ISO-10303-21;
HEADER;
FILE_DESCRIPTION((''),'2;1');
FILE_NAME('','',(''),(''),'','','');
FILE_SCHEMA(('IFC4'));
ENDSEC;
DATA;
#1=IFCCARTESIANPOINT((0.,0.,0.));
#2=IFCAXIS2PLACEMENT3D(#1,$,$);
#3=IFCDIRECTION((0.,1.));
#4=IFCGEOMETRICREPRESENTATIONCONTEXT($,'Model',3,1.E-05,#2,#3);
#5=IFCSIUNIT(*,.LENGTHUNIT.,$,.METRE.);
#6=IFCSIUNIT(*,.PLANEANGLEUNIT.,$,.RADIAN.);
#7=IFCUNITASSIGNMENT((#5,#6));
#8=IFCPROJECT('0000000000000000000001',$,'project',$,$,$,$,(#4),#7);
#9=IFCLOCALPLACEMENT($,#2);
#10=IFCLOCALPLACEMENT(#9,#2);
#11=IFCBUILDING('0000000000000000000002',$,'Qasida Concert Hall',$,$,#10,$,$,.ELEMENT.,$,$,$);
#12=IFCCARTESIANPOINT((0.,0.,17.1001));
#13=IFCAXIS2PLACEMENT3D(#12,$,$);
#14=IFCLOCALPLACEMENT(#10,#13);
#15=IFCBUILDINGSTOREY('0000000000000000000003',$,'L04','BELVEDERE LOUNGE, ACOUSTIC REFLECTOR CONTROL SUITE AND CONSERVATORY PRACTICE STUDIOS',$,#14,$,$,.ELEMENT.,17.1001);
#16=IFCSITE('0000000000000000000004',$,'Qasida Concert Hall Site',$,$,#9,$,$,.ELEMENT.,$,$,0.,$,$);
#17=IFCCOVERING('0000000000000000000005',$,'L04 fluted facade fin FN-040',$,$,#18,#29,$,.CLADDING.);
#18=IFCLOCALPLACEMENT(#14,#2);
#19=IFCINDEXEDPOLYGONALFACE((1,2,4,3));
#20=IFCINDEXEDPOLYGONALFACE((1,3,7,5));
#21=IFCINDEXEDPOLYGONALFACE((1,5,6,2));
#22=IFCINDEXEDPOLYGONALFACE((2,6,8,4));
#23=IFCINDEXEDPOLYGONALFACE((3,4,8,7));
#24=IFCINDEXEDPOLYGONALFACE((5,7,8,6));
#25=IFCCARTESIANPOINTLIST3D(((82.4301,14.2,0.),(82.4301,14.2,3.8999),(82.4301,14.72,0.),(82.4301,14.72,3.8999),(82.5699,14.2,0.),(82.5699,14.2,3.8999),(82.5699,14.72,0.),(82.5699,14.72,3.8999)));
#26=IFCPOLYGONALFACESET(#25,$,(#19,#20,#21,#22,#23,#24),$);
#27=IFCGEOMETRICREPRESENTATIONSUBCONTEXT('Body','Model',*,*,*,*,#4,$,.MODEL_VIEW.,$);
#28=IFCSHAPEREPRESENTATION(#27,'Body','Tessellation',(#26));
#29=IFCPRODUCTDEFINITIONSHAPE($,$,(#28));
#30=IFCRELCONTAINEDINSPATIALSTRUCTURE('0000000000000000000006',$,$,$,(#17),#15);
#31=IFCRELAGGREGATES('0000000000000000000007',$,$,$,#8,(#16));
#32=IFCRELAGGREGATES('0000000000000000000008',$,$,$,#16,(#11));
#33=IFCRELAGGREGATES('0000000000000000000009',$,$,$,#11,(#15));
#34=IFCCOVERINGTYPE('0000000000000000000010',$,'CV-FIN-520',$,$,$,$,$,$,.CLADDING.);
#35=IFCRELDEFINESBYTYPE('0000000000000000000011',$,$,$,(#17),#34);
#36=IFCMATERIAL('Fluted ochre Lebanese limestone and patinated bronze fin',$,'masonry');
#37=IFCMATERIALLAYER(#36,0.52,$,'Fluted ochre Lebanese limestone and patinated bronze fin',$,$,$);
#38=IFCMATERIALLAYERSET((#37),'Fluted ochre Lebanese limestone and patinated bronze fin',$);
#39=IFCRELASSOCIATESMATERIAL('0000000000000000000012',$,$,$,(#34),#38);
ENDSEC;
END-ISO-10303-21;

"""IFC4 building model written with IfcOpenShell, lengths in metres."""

from ifc_helpers import new_model, si_unit, direction, frame, origin, origin_2d, place, context, subcontext, project, spatial, rectangle, extrude, material, layer, layer_set, type_object, element, save


model = new_model("IFC4")

# Units and contexts
model_context = context("Model", 3, precision=1e-05, world=origin(), true_north=direction((0.0, 1.0)))
body_context = subcontext(model_context, "Body", "Model", "MODEL_VIEW")
ifc_project = project(units=[si_unit("LENGTHUNIT", "METRE"), si_unit("PLANEANGLEUNIT", "RADIAN")], contexts=[model_context])

# Site, building, storey
site_placement = place(None, origin())
site = spatial("IfcSite", under=ifc_project, at=site_placement, Name="Qasida Concert Hall Site", CompositionType="ELEMENT", RefElevation=0.0)
building_placement = place(site_placement, origin())
building = spatial("IfcBuilding", under=site, at=building_placement, Name="Qasida Concert Hall", CompositionType="ELEMENT")
storey_placement = place(building_placement, frame((0.0, 0.0, 17.1001)))
storey = spatial("IfcBuildingStorey", under=building, at=storey_placement, Name="L04", Description="BELVEDERE LOUNGE, ACOUSTIC REFLECTOR CONTROL SUITE AND CONSERVATORY PRACTICE STUDIOS", CompositionType="ELEMENT", Elevation=17.1001)

# Covering
ifc_material_1 = material(Name="Fluted ochre Lebanese limestone and patinated bronze fin", Category="masonry")
ifc_layer_1 = layer(ifc_material_1, 0.52, Name="Fluted ochre Lebanese limestone and patinated bronze fin")
ifc_layer_set_1 = layer_set([ifc_layer_1], Name="Fluted ochre Lebanese limestone and patinated bronze fin")
covering_type = type_object("IfcCoveringType", Name="CV-FIN-520", PredefinedType="CLADDING", material=ifc_layer_set_1)
for number, where, z_axis, x_axis, name in (
    (1, (82.5, 14.46, 0.0), (0.0, 0.0, 1.0), (1.0, 0.0, 0.0), "L04 fluted facade fin FN-040"),
):
    element("IfcCovering", number, at=place(storey_placement, frame(where, z_axis=z_axis, x_axis=x_axis)), inside=storey, type_object=covering_type, Name=name, PredefinedType="CLADDING", context=body_context, shape_type="SweptSolid", body=[
        extrude(rectangle(XDim=0.1399, YDim=0.52, at=origin_2d()), origin(), (0.0, 0.0, 1.0), 3.8999),
    ])

save(model, "model.ifc")
